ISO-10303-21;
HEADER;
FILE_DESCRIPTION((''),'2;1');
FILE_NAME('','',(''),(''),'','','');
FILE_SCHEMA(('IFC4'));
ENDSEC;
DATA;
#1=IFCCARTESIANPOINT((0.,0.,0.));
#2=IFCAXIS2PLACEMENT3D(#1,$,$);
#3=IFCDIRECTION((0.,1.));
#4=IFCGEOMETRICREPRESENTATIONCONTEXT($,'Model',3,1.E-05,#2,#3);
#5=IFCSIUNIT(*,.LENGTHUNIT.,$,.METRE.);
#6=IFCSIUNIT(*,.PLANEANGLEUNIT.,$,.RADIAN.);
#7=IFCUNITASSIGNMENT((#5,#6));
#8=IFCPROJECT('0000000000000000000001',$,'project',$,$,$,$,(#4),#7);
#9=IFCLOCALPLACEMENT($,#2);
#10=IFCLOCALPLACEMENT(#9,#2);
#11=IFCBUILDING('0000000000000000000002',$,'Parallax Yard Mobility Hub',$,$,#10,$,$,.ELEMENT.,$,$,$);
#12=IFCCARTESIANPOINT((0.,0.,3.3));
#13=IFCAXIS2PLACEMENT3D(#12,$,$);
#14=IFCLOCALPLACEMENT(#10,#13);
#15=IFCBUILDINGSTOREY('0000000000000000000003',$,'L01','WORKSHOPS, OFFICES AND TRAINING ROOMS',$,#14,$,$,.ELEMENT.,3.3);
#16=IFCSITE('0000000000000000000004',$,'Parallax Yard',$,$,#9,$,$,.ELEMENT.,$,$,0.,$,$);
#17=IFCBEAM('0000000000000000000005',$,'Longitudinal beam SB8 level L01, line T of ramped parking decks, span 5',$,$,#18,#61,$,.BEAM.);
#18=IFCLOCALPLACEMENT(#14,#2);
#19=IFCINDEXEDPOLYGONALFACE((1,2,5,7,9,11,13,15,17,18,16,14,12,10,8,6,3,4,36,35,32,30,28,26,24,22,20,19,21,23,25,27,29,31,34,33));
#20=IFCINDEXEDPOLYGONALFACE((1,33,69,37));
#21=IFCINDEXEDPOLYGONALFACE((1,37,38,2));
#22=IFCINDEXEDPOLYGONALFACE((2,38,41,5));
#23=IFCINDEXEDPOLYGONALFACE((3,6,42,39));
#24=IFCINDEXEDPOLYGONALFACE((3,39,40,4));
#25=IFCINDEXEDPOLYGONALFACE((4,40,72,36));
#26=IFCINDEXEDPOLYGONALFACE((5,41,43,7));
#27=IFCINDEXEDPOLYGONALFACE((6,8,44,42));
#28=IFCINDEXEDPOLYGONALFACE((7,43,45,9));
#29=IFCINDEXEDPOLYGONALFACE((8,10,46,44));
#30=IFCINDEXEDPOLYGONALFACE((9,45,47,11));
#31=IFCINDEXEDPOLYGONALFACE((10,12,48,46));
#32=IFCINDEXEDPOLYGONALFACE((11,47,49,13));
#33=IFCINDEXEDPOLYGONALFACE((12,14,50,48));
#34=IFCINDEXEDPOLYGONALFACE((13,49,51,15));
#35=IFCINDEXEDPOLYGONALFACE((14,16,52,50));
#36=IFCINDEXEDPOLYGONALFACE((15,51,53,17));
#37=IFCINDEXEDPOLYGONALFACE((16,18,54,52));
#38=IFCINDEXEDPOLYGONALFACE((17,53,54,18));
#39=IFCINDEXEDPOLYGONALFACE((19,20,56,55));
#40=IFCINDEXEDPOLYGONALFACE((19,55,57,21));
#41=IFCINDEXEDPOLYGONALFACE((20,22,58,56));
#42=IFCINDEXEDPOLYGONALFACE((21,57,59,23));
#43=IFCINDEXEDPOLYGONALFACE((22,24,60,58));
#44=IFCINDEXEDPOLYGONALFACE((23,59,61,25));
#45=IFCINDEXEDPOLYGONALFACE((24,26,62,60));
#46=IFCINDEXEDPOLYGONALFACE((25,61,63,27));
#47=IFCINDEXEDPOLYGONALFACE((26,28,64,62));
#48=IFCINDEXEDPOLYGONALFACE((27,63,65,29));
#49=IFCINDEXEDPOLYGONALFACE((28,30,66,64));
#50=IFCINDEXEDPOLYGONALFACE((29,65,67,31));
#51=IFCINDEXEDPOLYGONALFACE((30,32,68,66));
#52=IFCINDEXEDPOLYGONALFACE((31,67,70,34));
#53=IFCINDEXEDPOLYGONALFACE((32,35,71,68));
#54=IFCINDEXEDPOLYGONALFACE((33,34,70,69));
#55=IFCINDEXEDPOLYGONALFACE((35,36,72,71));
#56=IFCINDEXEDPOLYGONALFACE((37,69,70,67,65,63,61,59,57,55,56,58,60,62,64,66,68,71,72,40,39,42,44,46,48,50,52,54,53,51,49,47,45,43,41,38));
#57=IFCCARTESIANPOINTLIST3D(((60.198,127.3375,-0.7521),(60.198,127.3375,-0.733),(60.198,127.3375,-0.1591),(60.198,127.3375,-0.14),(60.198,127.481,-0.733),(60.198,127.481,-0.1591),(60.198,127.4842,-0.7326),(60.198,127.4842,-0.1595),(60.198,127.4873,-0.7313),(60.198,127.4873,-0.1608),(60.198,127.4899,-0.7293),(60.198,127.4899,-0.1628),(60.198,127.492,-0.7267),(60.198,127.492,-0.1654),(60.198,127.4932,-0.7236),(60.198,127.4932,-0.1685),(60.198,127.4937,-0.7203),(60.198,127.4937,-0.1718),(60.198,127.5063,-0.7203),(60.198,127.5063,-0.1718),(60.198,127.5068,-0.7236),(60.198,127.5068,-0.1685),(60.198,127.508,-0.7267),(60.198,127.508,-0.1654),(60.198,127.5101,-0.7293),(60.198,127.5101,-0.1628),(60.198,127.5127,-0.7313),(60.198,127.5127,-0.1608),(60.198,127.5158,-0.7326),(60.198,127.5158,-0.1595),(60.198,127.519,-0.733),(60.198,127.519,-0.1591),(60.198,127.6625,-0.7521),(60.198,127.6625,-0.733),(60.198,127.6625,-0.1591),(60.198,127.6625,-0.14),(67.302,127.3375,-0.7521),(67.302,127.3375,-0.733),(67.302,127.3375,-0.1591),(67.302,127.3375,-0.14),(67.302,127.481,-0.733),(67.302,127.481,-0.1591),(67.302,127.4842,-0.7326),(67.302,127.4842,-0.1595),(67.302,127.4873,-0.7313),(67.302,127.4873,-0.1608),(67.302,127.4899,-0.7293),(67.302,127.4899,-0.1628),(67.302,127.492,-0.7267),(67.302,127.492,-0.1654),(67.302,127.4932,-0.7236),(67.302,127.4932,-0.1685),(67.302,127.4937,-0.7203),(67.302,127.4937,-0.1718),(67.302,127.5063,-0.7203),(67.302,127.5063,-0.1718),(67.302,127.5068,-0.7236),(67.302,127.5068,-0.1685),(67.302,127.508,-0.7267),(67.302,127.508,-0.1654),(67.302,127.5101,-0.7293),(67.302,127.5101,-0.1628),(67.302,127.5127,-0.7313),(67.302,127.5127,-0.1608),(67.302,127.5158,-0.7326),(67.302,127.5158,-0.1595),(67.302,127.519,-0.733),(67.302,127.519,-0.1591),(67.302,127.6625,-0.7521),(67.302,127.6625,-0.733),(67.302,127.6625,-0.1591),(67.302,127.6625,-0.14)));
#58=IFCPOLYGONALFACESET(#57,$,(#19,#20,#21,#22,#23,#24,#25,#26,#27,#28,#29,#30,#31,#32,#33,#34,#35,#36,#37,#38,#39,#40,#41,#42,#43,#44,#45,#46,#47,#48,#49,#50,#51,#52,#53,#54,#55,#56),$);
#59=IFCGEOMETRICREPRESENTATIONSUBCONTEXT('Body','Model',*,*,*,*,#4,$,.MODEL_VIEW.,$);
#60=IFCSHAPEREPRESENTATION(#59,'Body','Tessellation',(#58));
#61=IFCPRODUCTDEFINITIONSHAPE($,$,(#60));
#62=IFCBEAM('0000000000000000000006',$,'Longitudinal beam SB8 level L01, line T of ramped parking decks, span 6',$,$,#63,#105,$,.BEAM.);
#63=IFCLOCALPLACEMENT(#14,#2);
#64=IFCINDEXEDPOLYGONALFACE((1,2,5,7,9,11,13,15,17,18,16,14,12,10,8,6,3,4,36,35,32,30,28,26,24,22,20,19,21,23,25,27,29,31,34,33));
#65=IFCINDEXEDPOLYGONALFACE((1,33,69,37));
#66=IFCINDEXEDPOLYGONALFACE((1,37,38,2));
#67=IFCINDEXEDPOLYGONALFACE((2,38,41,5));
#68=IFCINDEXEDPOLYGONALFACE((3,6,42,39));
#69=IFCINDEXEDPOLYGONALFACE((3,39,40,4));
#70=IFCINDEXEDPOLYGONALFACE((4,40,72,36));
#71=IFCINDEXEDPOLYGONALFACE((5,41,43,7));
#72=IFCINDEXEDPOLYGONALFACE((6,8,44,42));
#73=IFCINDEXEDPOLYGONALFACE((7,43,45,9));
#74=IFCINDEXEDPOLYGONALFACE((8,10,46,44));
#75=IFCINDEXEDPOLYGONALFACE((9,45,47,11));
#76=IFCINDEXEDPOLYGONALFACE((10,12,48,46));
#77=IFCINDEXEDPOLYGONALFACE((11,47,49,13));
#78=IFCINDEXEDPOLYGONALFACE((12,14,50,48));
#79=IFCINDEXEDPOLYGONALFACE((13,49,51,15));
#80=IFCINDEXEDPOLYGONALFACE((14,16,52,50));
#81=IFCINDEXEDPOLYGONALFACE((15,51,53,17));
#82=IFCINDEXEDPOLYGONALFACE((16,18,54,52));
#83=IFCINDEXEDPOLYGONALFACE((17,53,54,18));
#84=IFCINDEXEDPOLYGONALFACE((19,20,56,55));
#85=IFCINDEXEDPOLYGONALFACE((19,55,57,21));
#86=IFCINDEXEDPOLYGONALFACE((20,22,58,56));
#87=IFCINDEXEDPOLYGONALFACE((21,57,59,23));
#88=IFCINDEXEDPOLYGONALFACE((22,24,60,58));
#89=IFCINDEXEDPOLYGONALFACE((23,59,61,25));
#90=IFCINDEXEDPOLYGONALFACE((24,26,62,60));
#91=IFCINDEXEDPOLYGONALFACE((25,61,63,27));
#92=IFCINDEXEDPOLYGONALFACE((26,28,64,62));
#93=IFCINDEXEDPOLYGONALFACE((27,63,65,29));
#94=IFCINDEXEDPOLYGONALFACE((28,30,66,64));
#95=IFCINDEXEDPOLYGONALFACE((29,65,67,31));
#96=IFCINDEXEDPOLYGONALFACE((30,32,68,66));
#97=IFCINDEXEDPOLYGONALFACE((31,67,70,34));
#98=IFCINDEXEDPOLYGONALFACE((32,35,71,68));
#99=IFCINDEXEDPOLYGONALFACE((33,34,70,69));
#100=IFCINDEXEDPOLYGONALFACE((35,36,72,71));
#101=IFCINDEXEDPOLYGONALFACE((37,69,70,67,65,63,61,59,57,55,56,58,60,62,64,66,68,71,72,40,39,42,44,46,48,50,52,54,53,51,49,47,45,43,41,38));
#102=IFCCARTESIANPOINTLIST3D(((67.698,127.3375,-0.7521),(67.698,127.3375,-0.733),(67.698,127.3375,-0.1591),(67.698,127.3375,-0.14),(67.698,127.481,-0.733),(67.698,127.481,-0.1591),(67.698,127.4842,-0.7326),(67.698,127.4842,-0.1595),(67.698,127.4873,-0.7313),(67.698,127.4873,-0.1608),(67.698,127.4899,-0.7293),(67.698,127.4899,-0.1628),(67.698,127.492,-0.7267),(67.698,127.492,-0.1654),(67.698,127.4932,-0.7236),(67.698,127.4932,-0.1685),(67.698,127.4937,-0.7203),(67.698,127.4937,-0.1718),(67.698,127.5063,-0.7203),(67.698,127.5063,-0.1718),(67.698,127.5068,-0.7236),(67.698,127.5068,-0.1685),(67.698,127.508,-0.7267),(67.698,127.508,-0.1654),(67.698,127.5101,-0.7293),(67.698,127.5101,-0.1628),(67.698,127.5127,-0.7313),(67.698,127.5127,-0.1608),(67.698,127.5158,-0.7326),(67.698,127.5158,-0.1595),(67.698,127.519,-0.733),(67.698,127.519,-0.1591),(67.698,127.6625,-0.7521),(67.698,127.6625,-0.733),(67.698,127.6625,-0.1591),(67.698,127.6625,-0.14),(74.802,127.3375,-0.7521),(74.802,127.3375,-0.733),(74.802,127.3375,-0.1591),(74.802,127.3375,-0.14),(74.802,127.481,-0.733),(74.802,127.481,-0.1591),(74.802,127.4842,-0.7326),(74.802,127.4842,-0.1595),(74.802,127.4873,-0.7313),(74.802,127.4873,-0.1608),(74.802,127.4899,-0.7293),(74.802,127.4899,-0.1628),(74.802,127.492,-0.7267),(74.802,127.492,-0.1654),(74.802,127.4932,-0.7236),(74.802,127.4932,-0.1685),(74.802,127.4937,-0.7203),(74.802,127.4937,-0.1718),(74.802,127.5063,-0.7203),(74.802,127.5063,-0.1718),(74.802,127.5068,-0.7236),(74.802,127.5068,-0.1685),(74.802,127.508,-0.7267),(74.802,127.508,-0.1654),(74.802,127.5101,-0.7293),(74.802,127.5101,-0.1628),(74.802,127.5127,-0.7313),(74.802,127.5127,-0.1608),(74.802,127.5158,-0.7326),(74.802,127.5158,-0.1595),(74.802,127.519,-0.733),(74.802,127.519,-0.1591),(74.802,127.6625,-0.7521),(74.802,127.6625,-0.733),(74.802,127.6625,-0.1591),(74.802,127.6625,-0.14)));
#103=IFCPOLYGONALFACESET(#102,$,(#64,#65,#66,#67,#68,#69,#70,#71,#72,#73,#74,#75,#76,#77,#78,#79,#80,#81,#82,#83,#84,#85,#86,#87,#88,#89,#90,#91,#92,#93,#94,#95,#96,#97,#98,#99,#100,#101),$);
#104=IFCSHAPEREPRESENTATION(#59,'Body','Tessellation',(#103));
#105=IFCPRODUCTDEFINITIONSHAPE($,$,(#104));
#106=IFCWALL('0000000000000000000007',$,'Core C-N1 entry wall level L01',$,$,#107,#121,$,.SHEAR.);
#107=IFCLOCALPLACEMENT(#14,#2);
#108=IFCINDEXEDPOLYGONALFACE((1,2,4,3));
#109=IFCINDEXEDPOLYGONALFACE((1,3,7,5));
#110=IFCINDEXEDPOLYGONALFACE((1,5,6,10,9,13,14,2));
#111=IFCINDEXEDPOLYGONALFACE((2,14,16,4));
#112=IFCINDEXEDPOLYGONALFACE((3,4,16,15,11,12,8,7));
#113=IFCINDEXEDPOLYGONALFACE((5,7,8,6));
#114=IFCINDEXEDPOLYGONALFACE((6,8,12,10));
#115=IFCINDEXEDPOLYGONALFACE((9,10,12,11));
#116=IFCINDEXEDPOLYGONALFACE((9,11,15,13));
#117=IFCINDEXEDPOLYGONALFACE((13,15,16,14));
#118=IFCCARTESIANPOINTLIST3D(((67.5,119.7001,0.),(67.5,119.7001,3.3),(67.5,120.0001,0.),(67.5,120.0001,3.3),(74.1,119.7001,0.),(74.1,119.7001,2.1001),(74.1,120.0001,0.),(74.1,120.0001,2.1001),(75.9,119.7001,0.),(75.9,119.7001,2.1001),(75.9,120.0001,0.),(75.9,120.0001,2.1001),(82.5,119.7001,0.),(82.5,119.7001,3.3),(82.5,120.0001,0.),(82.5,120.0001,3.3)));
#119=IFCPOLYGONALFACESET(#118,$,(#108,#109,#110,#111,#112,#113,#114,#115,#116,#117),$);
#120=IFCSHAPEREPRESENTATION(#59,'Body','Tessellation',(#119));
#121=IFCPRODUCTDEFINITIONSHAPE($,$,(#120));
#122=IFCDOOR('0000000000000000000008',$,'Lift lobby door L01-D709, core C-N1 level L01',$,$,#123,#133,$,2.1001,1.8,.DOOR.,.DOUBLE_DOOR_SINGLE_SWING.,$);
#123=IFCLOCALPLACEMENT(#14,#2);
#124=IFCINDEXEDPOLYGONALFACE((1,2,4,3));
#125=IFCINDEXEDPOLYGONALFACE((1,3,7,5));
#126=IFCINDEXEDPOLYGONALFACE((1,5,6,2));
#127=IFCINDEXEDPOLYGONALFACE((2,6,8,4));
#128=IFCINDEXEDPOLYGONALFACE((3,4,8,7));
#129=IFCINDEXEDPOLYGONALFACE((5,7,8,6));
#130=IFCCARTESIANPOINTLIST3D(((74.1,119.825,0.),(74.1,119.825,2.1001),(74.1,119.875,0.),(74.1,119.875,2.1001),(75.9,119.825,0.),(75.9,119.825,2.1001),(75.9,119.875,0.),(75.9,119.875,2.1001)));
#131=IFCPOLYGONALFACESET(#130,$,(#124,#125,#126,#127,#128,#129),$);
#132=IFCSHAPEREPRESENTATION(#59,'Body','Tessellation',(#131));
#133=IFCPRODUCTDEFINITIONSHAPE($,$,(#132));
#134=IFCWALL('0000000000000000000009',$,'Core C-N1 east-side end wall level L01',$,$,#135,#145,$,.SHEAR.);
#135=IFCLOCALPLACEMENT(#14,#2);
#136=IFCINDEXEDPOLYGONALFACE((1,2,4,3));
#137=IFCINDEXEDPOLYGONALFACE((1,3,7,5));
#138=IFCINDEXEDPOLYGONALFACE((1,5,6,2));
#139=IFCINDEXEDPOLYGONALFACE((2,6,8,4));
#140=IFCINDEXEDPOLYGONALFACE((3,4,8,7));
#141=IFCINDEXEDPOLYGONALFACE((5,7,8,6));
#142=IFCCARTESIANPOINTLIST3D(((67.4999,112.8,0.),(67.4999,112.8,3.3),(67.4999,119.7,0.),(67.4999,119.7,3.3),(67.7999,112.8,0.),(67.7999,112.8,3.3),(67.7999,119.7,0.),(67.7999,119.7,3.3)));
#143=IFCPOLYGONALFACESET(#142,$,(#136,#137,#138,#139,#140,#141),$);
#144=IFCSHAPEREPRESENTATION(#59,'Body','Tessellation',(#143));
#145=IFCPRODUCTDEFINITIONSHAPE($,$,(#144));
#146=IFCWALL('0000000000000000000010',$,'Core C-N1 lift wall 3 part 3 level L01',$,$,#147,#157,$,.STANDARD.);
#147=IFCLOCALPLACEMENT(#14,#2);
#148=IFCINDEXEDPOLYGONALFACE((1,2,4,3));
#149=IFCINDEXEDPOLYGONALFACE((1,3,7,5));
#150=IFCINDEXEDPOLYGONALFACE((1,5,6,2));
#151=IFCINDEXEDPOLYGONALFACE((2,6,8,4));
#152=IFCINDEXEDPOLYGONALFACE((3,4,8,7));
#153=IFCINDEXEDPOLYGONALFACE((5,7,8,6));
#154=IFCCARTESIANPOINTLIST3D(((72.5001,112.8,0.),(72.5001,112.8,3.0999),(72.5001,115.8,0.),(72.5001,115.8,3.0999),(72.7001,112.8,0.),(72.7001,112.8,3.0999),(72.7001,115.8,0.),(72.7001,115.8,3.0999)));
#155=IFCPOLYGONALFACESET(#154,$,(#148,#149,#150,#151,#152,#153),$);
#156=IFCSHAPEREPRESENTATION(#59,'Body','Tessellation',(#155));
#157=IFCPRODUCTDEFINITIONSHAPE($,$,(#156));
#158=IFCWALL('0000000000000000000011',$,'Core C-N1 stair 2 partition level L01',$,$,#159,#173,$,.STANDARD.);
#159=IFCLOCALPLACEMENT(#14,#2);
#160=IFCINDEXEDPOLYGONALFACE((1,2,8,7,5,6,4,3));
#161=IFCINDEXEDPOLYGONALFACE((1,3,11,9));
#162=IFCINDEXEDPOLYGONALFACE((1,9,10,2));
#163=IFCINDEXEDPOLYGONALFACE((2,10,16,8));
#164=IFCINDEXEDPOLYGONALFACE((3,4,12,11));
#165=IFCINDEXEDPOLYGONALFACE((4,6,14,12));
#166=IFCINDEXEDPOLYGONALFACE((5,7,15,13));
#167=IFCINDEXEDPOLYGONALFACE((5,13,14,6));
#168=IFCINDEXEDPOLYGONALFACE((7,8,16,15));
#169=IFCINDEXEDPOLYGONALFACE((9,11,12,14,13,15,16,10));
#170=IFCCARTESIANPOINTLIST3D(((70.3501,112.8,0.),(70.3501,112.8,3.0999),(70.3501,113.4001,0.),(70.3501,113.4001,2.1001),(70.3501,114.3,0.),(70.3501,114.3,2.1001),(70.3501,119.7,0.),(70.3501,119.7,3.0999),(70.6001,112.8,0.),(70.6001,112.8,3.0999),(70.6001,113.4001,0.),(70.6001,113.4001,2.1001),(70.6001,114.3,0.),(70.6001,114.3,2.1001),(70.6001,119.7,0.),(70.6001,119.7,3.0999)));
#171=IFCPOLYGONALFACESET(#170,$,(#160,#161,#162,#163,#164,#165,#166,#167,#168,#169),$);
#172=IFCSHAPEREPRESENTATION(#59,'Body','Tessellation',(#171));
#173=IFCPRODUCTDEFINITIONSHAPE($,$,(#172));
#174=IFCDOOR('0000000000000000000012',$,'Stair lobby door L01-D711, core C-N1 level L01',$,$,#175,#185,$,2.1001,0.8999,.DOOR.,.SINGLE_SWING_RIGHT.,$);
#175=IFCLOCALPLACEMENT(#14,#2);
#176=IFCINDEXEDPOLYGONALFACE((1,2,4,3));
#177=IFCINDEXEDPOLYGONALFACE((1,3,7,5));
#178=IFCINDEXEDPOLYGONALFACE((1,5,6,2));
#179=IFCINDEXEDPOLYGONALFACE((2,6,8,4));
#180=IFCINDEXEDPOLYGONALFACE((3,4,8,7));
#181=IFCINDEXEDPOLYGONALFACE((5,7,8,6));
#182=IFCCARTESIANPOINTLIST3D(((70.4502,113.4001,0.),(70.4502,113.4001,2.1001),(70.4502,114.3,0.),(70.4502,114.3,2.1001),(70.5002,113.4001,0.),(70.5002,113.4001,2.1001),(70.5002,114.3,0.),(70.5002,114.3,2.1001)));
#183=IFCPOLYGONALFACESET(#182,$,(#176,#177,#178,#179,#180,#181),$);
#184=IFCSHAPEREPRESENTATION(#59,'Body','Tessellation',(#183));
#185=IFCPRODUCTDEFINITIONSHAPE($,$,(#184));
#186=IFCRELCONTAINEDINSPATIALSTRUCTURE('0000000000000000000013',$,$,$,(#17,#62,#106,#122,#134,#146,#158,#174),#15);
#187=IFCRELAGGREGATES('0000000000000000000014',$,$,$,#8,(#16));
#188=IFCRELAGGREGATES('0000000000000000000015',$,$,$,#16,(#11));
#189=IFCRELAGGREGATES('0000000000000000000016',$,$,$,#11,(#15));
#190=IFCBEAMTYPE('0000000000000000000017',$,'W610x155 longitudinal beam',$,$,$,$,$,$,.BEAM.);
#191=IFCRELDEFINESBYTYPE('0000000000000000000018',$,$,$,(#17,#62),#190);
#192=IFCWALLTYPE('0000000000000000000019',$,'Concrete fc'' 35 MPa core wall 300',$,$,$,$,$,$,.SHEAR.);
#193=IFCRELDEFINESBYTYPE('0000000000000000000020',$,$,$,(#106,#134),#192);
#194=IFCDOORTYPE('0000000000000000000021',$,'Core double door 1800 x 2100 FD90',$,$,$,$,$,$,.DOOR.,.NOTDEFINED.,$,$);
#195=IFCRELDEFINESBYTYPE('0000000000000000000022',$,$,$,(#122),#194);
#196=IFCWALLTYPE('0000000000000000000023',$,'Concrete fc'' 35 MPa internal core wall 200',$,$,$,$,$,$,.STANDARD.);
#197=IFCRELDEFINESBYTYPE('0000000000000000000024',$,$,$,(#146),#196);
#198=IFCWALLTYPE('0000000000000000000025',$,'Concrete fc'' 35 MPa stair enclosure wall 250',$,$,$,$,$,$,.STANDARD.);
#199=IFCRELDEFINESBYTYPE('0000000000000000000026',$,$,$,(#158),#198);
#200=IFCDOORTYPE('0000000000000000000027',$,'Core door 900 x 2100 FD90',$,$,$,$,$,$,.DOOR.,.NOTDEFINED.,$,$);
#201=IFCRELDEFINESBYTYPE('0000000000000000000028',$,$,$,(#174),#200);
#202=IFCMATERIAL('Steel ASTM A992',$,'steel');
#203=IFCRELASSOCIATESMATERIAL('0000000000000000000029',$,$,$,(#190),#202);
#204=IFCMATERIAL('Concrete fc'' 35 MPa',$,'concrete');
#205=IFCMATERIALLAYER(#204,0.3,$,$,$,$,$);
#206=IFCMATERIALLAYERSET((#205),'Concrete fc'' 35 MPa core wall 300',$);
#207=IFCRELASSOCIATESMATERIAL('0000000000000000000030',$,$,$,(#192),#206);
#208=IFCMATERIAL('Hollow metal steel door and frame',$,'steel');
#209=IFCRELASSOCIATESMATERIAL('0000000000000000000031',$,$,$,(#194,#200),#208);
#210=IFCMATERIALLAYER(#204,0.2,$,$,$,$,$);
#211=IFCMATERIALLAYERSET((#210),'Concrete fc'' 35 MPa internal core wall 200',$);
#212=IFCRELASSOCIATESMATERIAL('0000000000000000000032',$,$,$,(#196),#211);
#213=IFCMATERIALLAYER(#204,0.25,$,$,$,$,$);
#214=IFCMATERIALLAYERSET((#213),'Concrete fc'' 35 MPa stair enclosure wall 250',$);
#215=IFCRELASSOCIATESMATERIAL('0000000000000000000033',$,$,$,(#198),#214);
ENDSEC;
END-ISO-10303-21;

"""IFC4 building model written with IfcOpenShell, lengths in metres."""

from ifc_helpers import new_model, si_unit, direction, frame, frame_2d, origin, origin_2d, place, context, subcontext, project, spatial, rectangle, i_section, extrude, material, layer, layer_set, material_profile, profile_set, type_object, element, fill, save


model = new_model("IFC4")

# Units and contexts
model_context = context("Model", 3, precision=1e-05, world=origin(), true_north=direction((0.0, 1.0)))
body_context = subcontext(model_context, "Body", "Model", "MODEL_VIEW")
ifc_project = project(units=[si_unit("LENGTHUNIT", "METRE"), si_unit("PLANEANGLEUNIT", "RADIAN")], contexts=[model_context])

# Site, building, storey
site_placement = place(None, origin())
site = spatial("IfcSite", under=ifc_project, at=site_placement, Name="Parallax Yard", CompositionType="ELEMENT", RefElevation=0.0)
building_placement = place(site_placement, origin())
building = spatial("IfcBuilding", under=site, at=building_placement, Name="Parallax Yard Mobility Hub", CompositionType="ELEMENT")
storey_placement = place(building_placement, frame((0.0, 0.0, 3.3)))
storey = spatial("IfcBuildingStorey", under=building, at=storey_placement, Name="L01", Description="WORKSHOPS, OFFICES AND TRAINING ROOMS", CompositionType="ELEMENT", Elevation=3.3)

# Shared definitions
ifc_material_1 = material(Name="Steel ASTM A992", Category="steel")

# Beams
ifc_material_profile_1 = material_profile(ifc_material_1, i_section(OverallWidth=0.325, OverallDepth=0.6121, WebThickness=0.0127, FlangeThickness=0.019, FilletRadius=0.0127, at=origin_2d()), Name="W610x155")
ifc_profile_set_1 = profile_set([ifc_material_profile_1], Name="Steel ASTM A992")
beam_type_1 = type_object("IfcBeamType", Name="W610x155 longitudinal beam", PredefinedType="BEAM", material=ifc_profile_set_1)
for number, where, z_axis, x_axis, name in (
    (1, (60.198, 127.5, -0.446), (1.0, 0.0, 0.0), (0.0, 1.0, 0.0), "Longitudinal beam SB8 level L01, line T of ramped parking decks, span 5"),
    (2, (67.698, 127.5, -0.446), (1.0, 0.0, 0.0), (0.0, 1.0, 0.0), "Longitudinal beam SB8 level L01, line T of ramped parking decks, span 6"),
):
    element("IfcBeam", number, at=place(storey_placement, frame(where, z_axis=z_axis, x_axis=x_axis)), inside=storey, type_object=beam_type_1, Name=name, PredefinedType="BEAM", context=body_context, shape_type="SweptSolid", body=[
        extrude(i_section(OverallWidth=0.325, OverallDepth=0.6121, WebThickness=0.0127, FlangeThickness=0.019, FilletRadius=0.0127, at=origin_2d()), origin(), (0.0, 0.0, 1.0), 7.104),
    ])

# Wall, opening, door
ifc_material_2 = material(Name="Concrete fc' 35 MPa", Category="concrete")
ifc_layer_1 = layer(ifc_material_2, 0.3)
ifc_layer_set_1 = layer_set([ifc_layer_1], Name="Concrete fc' 35 MPa core wall 300")
wall_type_1 = type_object("IfcWallType", Name="Concrete fc' 35 MPa core wall 300", PredefinedType="SHEAR", material=ifc_layer_set_1)
wall_1_placement = place(storey_placement, frame((67.5, 119.8501, 0.0), z_axis=(0.0, 0.0, 1.0), x_axis=(1.0, 0.0, 0.0)))
wall_1 = element("IfcWall", 3, at=wall_1_placement, inside=storey, type_object=wall_type_1, Name="Core C-N1 entry wall level L01", PredefinedType="SHEAR", context=body_context, shape_type="SweptSolid", body=[
    extrude(rectangle(XDim=15.0, YDim=0.3, at=frame_2d((7.5, 0.0))), origin(), (0.0, 0.0, 1.0), 3.3),
])
opening_1_placement = place(wall_1_placement, frame((6.6001, 0.0, 0.0)))
opening_1 = element("IfcOpeningElement", 4, at=opening_1_placement, cuts=wall_1, PredefinedType="OPENING", context=body_context, shape_type="SweptSolid", body=[
    extrude(rectangle(XDim=1.8, YDim=2.1001, at=frame_2d((0.8999, 1.05))), frame((0.0, 0.1602, 0.0), z_axis=(0.0, -1.0, 0.0), x_axis=(1.0, 0.0, 0.0)), (0.0, 0.0, 1.0), 0.3201),
])
ifc_material_3 = material(Name="Hollow metal steel door and frame", Category="steel")
door_type_1 = type_object("IfcDoorType", Name="Core double door 1800 x 2100 FD90", OperationType="NOTDEFINED", PredefinedType="DOOR", material=ifc_material_3)
door_1_placement = place(opening_1_placement, origin())
door_1 = element("IfcDoor", 5, at=door_1_placement, inside=storey, type_object=door_type_1, Name="Lift lobby door L01-D709, core C-N1 level L01", OperationType="DOUBLE_DOOR_SINGLE_SWING", OverallHeight=2.1001, OverallWidth=1.8, PredefinedType="DOOR", context=body_context, shape_type="SweptSolid", body=[
    extrude(rectangle(XDim=1.8, YDim=2.1001, at=frame_2d((0.8999, 1.05))), frame((0.0, 0.0249, 0.0), z_axis=(0.0, -1.0, 0.0), x_axis=(1.0, 0.0, 0.0)), (0.0, 0.0, 1.0), 0.05),
])
fill(opening_1, door_1)

# Walls
wall_2_placement = place(storey_placement, frame((67.6499, 119.7, 0.0), z_axis=(0.0, 0.0, 1.0), x_axis=(0.0, -1.0, 0.0)))
element("IfcWall", 6, at=wall_2_placement, inside=storey, type_object=wall_type_1, Name="Core C-N1 east-side end wall level L01", PredefinedType="SHEAR", context=body_context, shape_type="SweptSolid", body=[
    extrude(rectangle(XDim=6.8999, YDim=0.3, at=frame_2d((3.45, 0.0))), origin(), (0.0, 0.0, 1.0), 3.3),
])
ifc_layer_2 = layer(ifc_material_2, 0.2)
ifc_layer_set_2 = layer_set([ifc_layer_2], Name="Concrete fc' 35 MPa internal core wall 200")
wall_type_2 = type_object("IfcWallType", Name="Concrete fc' 35 MPa internal core wall 200", PredefinedType="STANDARD", material=ifc_layer_set_2)
wall_3_placement = place(storey_placement, frame((72.6001, 115.8, 0.0), z_axis=(0.0, 0.0, 1.0), x_axis=(0.0, -1.0, 0.0)))
element("IfcWall", 7, at=wall_3_placement, inside=storey, type_object=wall_type_2, Name="Core C-N1 lift wall 3 part 3 level L01", PredefinedType="STANDARD", context=body_context, shape_type="SweptSolid", body=[
    extrude(rectangle(XDim=3.0, YDim=0.2, at=frame_2d((1.5, 0.0))), origin(), (0.0, 0.0, 1.0), 3.0999),
])

# Wall, opening, door
ifc_layer_3 = layer(ifc_material_2, 0.25)
ifc_layer_set_3 = layer_set([ifc_layer_3], Name="Concrete fc' 35 MPa stair enclosure wall 250")
wall_type_3 = type_object("IfcWallType", Name="Concrete fc' 35 MPa stair enclosure wall 250", PredefinedType="STANDARD", material=ifc_layer_set_3)
wall_4_placement = place(storey_placement, frame((70.4751, 112.8, 0.0), z_axis=(0.0, 0.0, 1.0), x_axis=(0.0, 1.0, 0.0)))
wall_4 = element("IfcWall", 8, at=wall_4_placement, inside=storey, type_object=wall_type_3, Name="Core C-N1 stair 2 partition level L01", PredefinedType="STANDARD", context=body_context, shape_type="SweptSolid", body=[
    extrude(rectangle(XDim=6.8999, YDim=0.25, at=frame_2d((3.45, 0.0))), origin(), (0.0, 0.0, 1.0), 3.0999),
])
opening_2_placement = place(wall_4_placement, frame((0.6001, 0.0, 0.0)))
opening_2 = element("IfcOpeningElement", 9, at=opening_2_placement, cuts=wall_4, PredefinedType="OPENING", context=body_context, shape_type="SweptSolid", body=[
    extrude(rectangle(XDim=0.8999, YDim=2.1001, at=frame_2d((0.45, 1.05))), frame((0.0, 0.135, 0.0), z_axis=(0.0, -1.0, 0.0), x_axis=(1.0, 0.0, 0.0)), (0.0, 0.0, 1.0), 0.27),
])
door_type_2 = type_object("IfcDoorType", Name="Core door 900 x 2100 FD90", OperationType="NOTDEFINED", PredefinedType="DOOR", material=ifc_material_3)
door_2_placement = place(opening_2_placement, origin())
door_2 = element("IfcDoor", 10, at=door_2_placement, inside=storey, type_object=door_type_2, Name="Stair lobby door L01-D711, core C-N1 level L01", OperationType="SINGLE_SWING_RIGHT", OverallHeight=2.1001, OverallWidth=0.8999, PredefinedType="DOOR", context=body_context, shape_type="SweptSolid", body=[
    extrude(rectangle(XDim=0.8999, YDim=2.1001, at=frame_2d((0.45, 1.05))), frame((0.0, 0.0249, 0.0), z_axis=(0.0, -1.0, 0.0), x_axis=(1.0, 0.0, 0.0)), (0.0, 0.0, 1.0), 0.05),
])
fill(opening_2, door_2)

save(model, "model.ifc")
